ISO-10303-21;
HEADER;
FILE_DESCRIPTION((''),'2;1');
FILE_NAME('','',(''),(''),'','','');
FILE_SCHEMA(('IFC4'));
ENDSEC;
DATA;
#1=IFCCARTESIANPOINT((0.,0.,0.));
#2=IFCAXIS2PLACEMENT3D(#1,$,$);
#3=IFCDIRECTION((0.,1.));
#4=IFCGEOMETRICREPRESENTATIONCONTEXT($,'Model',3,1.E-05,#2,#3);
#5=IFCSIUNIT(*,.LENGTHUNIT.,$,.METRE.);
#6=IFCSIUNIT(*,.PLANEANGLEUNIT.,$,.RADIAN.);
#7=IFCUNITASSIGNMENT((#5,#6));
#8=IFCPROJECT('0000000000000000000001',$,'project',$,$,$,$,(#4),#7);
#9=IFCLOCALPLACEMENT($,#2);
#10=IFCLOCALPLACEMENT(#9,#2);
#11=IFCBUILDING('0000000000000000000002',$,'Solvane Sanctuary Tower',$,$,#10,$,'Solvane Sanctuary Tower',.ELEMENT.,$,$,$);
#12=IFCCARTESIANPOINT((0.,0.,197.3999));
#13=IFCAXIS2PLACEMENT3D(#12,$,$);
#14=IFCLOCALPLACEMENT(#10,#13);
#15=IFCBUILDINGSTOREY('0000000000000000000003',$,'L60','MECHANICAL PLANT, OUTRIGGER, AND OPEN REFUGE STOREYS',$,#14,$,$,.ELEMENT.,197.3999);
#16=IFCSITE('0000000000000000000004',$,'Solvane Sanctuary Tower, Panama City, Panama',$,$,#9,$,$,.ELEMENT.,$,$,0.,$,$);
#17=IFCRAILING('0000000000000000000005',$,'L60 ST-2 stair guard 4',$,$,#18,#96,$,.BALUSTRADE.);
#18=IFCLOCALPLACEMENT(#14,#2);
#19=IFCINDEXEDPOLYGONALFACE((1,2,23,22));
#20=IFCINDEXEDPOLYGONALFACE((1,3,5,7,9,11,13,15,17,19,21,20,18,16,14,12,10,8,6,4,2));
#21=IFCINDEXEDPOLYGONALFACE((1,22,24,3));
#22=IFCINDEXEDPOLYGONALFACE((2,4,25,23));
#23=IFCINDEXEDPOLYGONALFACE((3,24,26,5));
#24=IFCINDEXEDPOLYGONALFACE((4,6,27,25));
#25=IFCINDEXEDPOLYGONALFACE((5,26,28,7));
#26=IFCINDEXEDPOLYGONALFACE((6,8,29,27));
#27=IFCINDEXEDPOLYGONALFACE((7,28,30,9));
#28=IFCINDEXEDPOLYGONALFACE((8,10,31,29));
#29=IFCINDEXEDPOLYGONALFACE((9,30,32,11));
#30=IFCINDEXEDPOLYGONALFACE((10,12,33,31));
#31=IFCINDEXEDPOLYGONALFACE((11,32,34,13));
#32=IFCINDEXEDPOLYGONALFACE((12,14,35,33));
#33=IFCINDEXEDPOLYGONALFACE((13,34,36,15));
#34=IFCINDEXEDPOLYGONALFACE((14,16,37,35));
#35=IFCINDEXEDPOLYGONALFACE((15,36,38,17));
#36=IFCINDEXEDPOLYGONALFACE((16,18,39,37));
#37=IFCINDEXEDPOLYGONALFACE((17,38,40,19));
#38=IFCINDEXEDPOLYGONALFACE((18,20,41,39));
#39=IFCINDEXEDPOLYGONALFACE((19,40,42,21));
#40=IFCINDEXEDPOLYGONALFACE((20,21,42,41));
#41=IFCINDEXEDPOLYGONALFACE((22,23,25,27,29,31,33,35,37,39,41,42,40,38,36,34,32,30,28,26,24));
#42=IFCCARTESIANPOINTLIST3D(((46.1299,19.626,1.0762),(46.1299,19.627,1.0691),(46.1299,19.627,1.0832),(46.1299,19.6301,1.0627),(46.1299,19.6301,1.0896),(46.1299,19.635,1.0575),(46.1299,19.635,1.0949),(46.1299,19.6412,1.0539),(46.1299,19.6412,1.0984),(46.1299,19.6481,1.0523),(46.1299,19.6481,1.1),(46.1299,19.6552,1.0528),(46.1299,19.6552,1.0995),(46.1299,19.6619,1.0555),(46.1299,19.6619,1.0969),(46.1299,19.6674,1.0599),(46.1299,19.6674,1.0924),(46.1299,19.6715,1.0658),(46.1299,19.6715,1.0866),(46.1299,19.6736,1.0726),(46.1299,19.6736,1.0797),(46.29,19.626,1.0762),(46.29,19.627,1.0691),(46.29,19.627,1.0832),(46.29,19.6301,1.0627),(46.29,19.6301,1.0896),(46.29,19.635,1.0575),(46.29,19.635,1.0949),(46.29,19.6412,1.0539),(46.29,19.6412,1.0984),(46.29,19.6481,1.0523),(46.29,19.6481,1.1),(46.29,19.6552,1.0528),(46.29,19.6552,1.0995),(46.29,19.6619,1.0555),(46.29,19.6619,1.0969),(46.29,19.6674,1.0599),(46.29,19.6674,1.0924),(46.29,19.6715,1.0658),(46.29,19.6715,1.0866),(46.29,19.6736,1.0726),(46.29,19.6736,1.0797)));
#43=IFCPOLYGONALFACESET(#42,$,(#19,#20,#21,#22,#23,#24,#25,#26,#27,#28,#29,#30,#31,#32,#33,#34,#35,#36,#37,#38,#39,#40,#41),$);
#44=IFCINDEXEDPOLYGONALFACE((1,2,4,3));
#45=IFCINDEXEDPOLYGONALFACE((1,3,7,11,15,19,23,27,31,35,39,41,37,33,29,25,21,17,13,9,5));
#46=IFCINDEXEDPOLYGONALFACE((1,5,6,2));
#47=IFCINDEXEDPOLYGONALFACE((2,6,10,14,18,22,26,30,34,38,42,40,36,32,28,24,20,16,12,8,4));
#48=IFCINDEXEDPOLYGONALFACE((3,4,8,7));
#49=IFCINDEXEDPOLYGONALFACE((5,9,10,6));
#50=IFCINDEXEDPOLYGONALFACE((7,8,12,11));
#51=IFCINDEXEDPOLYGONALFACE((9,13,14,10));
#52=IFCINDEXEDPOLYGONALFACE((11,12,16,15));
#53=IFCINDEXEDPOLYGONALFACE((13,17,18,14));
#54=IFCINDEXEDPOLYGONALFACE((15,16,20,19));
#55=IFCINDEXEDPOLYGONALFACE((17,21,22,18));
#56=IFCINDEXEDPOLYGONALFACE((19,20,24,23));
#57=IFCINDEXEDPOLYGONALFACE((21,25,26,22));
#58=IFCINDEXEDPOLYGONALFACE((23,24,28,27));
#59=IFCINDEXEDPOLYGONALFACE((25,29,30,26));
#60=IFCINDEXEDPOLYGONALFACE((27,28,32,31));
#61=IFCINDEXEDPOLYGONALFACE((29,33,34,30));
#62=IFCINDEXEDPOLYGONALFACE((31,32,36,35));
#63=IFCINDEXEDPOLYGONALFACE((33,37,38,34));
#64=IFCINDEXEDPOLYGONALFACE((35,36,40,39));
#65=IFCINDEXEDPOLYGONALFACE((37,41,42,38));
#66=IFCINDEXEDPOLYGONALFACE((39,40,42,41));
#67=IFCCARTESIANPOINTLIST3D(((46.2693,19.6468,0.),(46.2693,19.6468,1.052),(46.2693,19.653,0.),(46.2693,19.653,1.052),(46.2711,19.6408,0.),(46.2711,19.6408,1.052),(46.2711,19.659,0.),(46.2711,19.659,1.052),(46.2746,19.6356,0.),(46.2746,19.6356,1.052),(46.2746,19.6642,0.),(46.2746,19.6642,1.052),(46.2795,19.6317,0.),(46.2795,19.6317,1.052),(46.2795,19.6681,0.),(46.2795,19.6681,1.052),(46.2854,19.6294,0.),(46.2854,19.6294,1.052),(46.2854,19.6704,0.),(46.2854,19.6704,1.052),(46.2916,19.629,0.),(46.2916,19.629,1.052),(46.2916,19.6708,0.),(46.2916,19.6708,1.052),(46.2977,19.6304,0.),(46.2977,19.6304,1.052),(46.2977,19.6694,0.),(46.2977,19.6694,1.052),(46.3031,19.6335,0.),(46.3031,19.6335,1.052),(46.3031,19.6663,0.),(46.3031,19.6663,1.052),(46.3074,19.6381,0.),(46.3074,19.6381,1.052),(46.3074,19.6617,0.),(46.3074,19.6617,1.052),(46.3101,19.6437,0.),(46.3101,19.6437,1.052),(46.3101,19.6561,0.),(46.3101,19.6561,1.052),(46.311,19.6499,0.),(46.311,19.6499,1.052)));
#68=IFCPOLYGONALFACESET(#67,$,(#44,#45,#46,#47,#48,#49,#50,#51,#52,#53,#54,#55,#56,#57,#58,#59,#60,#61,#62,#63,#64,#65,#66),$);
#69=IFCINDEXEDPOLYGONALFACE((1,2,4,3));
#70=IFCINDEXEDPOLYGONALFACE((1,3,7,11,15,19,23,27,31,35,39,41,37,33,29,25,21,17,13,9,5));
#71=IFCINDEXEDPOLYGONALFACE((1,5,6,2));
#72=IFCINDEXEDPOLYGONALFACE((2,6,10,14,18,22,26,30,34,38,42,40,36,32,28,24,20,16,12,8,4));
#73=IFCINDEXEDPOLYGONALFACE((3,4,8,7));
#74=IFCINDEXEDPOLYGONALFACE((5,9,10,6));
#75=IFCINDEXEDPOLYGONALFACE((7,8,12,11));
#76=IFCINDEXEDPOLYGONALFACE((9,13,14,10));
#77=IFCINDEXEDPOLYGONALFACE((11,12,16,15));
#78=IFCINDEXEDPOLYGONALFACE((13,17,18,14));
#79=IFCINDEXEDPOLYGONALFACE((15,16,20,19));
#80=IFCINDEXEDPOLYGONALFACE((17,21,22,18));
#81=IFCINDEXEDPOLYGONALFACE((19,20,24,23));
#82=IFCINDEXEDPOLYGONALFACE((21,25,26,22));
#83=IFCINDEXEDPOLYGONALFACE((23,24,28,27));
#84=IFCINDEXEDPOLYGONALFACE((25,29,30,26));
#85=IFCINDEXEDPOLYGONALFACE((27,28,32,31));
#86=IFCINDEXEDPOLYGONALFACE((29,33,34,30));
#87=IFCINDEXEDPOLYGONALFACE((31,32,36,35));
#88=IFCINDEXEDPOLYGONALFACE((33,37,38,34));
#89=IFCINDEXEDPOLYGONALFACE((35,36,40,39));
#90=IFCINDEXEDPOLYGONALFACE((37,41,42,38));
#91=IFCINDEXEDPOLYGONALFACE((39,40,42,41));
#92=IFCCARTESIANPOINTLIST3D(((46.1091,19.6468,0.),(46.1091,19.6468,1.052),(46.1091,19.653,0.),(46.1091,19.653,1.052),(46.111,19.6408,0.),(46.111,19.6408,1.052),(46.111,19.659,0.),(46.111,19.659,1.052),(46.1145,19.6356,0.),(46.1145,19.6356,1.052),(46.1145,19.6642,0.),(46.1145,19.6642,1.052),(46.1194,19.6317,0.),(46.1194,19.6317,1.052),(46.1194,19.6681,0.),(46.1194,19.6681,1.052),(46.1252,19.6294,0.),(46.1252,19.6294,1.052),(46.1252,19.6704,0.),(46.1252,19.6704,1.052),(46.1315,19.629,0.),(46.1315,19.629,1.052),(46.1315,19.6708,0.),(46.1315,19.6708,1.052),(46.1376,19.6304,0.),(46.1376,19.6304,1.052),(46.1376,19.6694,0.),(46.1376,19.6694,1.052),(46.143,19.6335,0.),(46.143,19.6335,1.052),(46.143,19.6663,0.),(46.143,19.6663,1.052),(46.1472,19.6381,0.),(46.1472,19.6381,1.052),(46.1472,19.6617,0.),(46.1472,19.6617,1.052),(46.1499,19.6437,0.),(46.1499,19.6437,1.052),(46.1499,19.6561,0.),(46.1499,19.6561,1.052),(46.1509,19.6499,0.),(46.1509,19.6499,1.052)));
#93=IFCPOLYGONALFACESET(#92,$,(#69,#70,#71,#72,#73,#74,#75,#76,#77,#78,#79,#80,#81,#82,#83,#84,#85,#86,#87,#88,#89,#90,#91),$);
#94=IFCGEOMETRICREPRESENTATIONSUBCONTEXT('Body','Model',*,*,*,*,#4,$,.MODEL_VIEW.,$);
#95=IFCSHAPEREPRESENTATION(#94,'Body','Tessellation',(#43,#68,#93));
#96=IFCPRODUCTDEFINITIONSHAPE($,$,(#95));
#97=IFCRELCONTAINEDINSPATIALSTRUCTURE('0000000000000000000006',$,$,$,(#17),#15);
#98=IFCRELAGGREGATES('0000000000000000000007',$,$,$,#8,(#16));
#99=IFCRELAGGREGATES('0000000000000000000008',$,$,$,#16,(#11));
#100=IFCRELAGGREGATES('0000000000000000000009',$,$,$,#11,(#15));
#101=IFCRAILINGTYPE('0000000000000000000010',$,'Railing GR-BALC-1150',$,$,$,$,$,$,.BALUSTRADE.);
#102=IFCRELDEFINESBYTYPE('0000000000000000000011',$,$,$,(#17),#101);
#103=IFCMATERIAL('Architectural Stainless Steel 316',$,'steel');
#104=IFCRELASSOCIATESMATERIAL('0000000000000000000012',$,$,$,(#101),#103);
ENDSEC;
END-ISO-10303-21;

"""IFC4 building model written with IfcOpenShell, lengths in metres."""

from ifc_helpers import new_model, si_unit, direction, frame, origin, origin_2d, place, context, subcontext, project, spatial, circle, extrude, material, type_object, element, save


model = new_model("IFC4")

# Units and contexts
model_context = context("Model", 3, precision=1e-05, world=origin(), true_north=direction((0.0, 1.0)))
body_context = subcontext(model_context, "Body", "Model", "MODEL_VIEW")
ifc_project = project(units=[si_unit("LENGTHUNIT", "METRE"), si_unit("PLANEANGLEUNIT", "RADIAN")], contexts=[model_context])

# Site, building, storey
site_placement = place(None, origin())
site = spatial("IfcSite", under=ifc_project, at=site_placement, Name="Solvane Sanctuary Tower, Panama City, Panama", CompositionType="ELEMENT", RefElevation=0.0)
building_placement = place(site_placement, origin())
building = spatial("IfcBuilding", under=site, at=building_placement, Name="Solvane Sanctuary Tower", LongName="Solvane Sanctuary Tower", CompositionType="ELEMENT")
storey_placement = place(building_placement, frame((0.0, 0.0, 197.3999)))
storey = spatial("IfcBuildingStorey", under=building, at=storey_placement, Name="L60", Description="MECHANICAL PLANT, OUTRIGGER, AND OPEN REFUGE STOREYS", CompositionType="ELEMENT", Elevation=197.3999)

# Shared definitions
ifc_material_1 = material(Name="Architectural Stainless Steel 316", Category="steel")

# Railing
railing_type_1 = type_object("IfcRailingType", Name="Railing GR-BALC-1150", PredefinedType="BALUSTRADE", material=ifc_material_1)
railing_1_placement = place(storey_placement, frame((46.29, 19.6499, 0.0)))
element("IfcRailing", 1, at=railing_1_placement, inside=storey, type_object=railing_type_1, Name="L60 ST-2 stair guard 4", PredefinedType="BALUSTRADE", context=body_context, shape_type="SweptSolid", body=[
    extrude(circle(Radius=0.0239, at=origin_2d()), frame((0.0, 0.0, 1.0762), z_axis=(-1.0, 0.0, 0.0), x_axis=(0.0, -1.0, 0.0)), (0.0, 0.0, 1.0), 0.1602),
    extrude(circle(Radius=0.021, at=origin_2d()), origin(), (0.0, 0.0, 1.0), 1.052),
    extrude(circle(Radius=0.021, at=origin_2d()), frame((-0.1602, 0.0, 0.0)), (0.0, 0.0, 1.0), 1.052),
])

save(model, "model.ifc")
